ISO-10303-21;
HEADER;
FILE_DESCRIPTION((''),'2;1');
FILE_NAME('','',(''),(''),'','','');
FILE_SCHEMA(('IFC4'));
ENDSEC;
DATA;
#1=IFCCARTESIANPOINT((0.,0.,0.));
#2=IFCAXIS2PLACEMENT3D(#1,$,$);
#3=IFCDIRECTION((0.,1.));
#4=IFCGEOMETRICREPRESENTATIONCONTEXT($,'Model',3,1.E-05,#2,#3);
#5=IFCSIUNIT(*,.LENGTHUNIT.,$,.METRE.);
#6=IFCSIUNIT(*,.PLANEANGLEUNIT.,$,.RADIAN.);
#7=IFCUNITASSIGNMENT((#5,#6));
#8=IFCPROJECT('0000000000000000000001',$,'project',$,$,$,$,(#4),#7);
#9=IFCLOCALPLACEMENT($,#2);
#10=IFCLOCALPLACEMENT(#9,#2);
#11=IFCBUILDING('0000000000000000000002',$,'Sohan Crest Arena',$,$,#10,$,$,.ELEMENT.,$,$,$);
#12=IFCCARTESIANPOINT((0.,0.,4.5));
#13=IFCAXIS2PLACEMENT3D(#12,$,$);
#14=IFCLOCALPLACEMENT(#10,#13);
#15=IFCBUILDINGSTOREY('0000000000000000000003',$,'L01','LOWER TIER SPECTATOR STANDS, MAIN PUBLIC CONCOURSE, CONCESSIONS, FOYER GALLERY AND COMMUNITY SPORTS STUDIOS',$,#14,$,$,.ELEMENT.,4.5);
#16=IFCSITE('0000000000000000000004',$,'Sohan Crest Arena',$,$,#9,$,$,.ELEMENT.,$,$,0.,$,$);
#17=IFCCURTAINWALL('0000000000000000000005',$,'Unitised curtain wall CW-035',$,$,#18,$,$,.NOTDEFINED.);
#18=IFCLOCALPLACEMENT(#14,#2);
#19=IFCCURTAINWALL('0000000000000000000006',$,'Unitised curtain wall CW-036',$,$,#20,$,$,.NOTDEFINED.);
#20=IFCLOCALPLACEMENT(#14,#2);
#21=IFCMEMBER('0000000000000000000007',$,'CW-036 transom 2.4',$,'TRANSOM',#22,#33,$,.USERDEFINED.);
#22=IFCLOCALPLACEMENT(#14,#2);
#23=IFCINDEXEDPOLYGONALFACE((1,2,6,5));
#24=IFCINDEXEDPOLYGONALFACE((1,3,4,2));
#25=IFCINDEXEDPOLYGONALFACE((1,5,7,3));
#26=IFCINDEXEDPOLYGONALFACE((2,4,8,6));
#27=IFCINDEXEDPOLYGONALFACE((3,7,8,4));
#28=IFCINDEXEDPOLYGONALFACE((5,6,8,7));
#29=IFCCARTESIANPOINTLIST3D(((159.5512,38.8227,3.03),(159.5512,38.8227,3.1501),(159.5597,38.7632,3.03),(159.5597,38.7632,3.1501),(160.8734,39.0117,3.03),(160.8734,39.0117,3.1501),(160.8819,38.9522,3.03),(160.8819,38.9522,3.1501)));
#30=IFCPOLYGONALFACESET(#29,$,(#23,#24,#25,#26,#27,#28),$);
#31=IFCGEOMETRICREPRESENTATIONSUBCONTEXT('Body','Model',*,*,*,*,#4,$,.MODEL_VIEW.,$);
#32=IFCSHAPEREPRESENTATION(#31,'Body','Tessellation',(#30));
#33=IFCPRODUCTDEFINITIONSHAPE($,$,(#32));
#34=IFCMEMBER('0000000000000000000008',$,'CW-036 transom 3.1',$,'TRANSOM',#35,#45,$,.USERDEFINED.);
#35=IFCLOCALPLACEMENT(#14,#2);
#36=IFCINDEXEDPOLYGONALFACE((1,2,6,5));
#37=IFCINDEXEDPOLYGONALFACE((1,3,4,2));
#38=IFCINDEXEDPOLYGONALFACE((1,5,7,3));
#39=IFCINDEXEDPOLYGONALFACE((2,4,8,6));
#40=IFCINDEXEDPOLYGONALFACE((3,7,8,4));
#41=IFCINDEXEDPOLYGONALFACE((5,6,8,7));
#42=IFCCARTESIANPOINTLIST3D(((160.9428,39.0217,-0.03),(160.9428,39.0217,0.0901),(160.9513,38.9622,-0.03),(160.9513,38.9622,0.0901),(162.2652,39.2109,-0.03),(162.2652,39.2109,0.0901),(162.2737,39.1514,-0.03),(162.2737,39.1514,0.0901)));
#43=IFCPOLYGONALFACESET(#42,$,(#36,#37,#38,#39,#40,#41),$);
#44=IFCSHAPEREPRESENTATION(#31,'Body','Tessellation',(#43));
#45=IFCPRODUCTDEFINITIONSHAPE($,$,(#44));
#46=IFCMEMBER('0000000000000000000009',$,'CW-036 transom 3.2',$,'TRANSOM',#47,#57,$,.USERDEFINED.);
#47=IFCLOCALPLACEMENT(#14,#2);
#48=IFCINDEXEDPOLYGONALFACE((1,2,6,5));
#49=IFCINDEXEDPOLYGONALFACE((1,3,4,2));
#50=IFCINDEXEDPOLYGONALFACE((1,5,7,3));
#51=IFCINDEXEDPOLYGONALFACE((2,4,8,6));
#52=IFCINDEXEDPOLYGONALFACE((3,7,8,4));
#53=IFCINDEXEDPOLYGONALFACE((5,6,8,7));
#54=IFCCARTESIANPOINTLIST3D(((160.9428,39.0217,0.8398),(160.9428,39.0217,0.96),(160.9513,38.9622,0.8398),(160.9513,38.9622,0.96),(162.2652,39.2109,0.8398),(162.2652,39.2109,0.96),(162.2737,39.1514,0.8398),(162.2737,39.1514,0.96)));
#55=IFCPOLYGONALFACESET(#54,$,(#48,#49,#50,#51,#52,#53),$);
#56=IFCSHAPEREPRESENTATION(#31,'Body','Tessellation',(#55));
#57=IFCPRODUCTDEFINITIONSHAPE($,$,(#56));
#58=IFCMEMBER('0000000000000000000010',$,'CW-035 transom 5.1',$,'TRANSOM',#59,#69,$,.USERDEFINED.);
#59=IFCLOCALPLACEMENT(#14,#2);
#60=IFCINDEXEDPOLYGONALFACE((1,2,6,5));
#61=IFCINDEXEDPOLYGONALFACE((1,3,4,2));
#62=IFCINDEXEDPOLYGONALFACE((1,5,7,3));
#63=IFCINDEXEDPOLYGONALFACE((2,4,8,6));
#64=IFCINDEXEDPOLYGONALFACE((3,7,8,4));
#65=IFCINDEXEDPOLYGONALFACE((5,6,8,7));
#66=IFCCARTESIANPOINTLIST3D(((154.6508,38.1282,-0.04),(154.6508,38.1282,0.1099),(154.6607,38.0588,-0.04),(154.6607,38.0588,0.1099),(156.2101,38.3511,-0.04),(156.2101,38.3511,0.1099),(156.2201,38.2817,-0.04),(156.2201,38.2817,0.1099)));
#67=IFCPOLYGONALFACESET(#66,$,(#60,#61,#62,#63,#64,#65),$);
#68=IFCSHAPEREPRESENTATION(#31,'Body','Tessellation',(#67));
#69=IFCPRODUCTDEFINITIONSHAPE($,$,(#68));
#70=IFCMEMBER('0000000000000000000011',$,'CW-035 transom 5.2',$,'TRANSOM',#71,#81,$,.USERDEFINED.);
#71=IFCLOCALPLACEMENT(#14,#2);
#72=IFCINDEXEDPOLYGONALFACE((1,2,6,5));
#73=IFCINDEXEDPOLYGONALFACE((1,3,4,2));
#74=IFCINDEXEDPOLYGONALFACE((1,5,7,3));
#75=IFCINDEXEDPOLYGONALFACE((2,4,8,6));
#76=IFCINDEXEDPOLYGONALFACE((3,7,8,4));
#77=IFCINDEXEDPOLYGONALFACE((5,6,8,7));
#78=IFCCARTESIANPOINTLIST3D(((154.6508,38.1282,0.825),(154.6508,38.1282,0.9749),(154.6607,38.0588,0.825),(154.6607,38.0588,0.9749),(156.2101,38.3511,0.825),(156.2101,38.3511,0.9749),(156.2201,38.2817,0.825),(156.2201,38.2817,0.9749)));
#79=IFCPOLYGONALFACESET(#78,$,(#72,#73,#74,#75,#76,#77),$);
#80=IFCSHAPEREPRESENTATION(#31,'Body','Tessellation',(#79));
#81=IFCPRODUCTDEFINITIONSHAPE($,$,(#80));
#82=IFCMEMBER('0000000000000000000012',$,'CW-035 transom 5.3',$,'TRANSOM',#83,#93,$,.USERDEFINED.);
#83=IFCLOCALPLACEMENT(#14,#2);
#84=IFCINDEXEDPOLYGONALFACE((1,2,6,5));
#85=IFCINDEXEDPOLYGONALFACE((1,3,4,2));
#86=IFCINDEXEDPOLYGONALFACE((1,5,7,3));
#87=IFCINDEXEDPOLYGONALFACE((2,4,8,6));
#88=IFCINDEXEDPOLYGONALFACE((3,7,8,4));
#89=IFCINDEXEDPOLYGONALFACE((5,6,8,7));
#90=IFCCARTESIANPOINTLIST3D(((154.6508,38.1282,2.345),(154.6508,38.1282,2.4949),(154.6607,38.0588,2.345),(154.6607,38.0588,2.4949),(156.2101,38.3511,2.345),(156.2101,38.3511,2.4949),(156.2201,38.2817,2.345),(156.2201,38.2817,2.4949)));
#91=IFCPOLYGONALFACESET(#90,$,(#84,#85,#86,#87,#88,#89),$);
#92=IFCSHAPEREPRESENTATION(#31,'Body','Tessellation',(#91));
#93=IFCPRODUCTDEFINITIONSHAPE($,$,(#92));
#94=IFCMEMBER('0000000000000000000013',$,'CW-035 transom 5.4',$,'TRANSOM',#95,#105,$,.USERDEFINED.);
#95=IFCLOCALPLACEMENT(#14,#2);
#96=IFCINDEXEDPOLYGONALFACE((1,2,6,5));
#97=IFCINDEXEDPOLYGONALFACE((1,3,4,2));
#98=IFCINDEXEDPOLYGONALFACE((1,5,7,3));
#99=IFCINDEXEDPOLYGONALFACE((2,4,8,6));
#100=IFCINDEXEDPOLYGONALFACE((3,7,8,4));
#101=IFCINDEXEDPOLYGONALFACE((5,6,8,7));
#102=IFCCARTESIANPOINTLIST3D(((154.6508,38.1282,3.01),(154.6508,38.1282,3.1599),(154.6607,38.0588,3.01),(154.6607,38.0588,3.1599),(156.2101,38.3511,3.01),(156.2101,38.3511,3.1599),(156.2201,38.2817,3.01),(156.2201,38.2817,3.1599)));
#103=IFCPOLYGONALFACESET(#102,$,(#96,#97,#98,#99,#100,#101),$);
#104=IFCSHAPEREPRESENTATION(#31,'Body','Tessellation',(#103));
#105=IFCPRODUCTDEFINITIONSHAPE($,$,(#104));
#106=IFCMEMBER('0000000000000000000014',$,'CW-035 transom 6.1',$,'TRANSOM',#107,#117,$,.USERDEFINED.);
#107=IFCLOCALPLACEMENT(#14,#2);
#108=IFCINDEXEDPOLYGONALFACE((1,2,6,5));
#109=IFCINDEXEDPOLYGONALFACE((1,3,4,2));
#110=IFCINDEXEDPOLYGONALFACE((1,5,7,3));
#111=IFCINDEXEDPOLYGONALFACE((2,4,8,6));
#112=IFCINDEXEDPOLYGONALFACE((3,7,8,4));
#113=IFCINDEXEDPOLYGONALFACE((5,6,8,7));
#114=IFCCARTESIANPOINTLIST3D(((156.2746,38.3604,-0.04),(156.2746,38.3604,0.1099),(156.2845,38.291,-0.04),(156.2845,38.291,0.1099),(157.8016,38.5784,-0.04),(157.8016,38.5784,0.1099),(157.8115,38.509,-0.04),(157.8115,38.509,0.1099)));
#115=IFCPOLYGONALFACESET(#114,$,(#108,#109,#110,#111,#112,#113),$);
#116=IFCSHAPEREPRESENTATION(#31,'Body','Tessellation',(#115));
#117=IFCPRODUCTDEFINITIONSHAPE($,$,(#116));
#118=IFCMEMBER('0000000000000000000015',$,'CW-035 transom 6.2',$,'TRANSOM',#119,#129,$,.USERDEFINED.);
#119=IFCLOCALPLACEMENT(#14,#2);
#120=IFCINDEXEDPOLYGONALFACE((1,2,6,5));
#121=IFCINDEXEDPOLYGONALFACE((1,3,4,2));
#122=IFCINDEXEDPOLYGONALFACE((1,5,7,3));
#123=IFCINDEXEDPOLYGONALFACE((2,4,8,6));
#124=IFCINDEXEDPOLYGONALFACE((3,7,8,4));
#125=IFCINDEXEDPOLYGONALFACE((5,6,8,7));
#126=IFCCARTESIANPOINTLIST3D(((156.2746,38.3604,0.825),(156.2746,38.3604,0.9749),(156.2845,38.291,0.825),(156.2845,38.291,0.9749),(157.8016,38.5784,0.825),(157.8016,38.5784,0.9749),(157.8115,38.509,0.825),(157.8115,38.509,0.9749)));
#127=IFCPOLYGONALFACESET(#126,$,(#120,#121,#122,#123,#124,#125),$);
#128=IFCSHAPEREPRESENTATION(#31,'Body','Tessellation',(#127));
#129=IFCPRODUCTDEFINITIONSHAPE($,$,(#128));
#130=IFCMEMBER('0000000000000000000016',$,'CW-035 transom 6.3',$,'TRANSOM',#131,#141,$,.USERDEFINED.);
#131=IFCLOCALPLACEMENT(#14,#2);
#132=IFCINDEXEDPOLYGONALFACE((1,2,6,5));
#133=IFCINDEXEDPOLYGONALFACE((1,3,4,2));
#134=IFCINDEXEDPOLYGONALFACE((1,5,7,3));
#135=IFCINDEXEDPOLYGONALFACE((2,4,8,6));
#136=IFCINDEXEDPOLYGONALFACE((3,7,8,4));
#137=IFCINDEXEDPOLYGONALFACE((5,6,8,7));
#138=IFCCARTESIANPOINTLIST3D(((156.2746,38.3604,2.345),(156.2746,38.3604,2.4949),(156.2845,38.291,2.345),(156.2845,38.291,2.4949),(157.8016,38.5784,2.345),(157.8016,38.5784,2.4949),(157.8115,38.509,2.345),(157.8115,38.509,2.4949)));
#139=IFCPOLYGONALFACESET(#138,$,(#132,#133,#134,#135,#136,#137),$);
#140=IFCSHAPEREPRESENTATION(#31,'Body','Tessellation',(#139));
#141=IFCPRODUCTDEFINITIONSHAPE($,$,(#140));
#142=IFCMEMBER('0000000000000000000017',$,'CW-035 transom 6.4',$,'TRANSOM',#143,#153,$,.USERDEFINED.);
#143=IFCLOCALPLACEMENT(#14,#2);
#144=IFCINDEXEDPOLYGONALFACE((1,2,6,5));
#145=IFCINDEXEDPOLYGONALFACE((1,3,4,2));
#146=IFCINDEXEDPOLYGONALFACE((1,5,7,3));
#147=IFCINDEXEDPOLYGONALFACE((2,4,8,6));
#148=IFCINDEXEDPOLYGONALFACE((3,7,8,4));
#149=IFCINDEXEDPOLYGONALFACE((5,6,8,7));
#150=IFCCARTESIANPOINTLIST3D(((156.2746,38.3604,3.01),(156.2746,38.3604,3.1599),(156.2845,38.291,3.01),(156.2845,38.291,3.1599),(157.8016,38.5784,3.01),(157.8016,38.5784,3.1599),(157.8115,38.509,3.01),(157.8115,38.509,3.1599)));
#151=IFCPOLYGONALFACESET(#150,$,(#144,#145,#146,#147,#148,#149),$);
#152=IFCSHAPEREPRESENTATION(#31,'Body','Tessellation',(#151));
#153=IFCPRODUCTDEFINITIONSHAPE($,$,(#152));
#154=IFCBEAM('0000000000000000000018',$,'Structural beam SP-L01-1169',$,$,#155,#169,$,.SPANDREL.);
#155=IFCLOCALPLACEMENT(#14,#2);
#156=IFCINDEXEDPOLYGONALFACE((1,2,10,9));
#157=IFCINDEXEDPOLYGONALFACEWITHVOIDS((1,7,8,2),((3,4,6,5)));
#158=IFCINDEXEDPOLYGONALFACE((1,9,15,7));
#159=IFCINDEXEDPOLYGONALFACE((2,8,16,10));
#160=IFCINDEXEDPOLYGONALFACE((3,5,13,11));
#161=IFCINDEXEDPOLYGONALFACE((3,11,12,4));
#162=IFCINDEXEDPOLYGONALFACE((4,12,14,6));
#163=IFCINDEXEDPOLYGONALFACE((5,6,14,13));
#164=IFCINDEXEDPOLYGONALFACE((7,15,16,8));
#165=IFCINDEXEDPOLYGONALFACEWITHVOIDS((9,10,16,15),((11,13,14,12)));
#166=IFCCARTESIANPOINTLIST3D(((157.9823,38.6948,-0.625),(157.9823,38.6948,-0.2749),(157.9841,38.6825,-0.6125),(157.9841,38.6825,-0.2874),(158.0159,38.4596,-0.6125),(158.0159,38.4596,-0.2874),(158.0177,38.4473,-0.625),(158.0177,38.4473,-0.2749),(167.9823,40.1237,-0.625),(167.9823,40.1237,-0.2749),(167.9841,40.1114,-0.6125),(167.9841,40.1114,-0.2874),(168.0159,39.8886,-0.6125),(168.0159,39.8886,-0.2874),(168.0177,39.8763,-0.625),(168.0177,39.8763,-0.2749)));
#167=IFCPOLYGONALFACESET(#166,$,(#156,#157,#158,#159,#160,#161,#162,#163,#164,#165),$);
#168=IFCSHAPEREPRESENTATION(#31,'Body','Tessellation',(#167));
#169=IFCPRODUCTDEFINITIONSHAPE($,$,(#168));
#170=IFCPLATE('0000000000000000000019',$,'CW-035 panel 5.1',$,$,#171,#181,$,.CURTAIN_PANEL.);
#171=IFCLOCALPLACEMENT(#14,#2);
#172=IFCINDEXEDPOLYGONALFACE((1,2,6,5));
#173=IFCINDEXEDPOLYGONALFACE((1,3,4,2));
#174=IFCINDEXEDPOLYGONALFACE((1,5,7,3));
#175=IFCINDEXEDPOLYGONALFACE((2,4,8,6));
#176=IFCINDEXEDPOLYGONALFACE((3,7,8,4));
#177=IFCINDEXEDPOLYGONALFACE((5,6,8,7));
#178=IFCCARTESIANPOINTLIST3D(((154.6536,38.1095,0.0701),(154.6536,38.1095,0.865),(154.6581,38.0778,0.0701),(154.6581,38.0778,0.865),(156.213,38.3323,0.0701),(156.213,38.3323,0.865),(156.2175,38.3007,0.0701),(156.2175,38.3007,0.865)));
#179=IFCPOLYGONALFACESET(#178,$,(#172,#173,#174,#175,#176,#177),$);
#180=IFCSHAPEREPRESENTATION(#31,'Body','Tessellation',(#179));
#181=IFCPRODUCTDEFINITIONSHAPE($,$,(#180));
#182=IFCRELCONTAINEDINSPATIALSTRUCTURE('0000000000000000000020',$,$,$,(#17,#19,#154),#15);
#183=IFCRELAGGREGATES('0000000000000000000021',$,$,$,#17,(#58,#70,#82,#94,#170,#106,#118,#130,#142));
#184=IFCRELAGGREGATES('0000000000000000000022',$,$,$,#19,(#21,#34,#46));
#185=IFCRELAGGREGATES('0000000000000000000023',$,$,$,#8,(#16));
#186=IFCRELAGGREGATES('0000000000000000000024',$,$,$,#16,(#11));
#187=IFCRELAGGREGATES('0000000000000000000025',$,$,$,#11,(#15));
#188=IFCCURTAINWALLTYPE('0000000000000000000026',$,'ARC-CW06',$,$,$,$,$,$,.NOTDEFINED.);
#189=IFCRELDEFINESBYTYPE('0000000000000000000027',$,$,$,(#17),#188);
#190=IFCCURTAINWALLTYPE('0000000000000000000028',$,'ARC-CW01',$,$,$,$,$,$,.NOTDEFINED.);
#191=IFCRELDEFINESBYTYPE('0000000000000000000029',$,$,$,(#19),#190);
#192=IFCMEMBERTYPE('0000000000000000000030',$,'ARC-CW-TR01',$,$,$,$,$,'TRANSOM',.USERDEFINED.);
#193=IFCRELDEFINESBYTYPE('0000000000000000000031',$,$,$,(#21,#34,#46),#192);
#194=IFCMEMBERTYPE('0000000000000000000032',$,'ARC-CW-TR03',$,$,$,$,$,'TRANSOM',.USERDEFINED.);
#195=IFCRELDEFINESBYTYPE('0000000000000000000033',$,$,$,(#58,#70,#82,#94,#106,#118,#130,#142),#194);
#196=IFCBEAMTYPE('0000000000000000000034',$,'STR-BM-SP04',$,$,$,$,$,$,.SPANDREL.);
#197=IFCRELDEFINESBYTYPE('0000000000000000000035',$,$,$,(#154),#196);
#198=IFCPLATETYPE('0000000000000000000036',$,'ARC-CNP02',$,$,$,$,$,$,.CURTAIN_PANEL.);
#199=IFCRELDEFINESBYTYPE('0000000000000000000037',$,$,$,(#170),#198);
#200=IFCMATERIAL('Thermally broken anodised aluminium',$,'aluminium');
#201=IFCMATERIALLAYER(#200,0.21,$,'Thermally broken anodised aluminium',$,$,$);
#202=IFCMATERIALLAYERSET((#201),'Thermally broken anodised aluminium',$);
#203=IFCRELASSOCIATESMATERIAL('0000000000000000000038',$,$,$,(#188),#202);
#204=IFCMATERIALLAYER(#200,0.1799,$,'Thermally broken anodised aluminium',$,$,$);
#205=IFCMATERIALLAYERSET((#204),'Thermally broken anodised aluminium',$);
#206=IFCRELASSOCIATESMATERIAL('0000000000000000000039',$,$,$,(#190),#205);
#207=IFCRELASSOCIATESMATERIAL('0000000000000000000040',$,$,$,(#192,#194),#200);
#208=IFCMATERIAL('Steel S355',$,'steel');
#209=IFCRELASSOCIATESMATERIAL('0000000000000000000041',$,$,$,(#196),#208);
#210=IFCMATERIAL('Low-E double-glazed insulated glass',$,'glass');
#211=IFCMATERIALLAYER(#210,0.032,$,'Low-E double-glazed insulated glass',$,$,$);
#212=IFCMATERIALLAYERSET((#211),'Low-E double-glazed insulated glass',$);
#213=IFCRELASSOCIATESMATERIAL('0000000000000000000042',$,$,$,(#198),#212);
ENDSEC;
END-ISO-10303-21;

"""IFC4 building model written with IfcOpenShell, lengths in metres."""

from ifc_helpers import new_model, si_unit, direction, frame, origin, origin_2d, place, context, subcontext, project, spatial, rectangle, hollow_rectangle, extrude, material, layer, layer_set, material_profile, profile_set, type_object, element, aggregate, save


model = new_model("IFC4")

# Units and contexts
model_context = context("Model", 3, precision=1e-05, world=origin(), true_north=direction((0.0, 1.0)))
body_context = subcontext(model_context, "Body", "Model", "MODEL_VIEW")
ifc_project = project(units=[si_unit("LENGTHUNIT", "METRE"), si_unit("PLANEANGLEUNIT", "RADIAN")], contexts=[model_context])

# Site, building, storey
site_placement = place(None, origin())
site = spatial("IfcSite", under=ifc_project, at=site_placement, Name="Sohan Crest Arena", CompositionType="ELEMENT", RefElevation=0.0)
building_placement = place(site_placement, origin())
building = spatial("IfcBuilding", under=site, at=building_placement, Name="Sohan Crest Arena", CompositionType="ELEMENT")
storey_placement = place(building_placement, frame((0.0, 0.0, 4.5)))
storey = spatial("IfcBuildingStorey", under=building, at=storey_placement, Name="L01", Description="LOWER TIER SPECTATOR STANDS, MAIN PUBLIC CONCOURSE, CONCESSIONS, FOYER GALLERY AND COMMUNITY SPORTS STUDIOS", CompositionType="ELEMENT", Elevation=4.5)

# Shared definitions
ifc_material_1 = material(Name="Steel S355", Category="steel")

# Curtain walls, members
ifc_material_2 = material(Name="Thermally broken anodised aluminium", Category="aluminium")
ifc_layer_1 = layer(ifc_material_2, 0.21, Name="Thermally broken anodised aluminium")
ifc_layer_set_1 = layer_set([ifc_layer_1], Name="Thermally broken anodised aluminium")
curtain_wall_type_1 = type_object("IfcCurtainWallType", Name="ARC-CW06", PredefinedType="NOTDEFINED", material=ifc_layer_set_1)
curtain_wall_1_placement = place(storey_placement, origin())
curtain_wall_1 = element("IfcCurtainWall", 1, at=curtain_wall_1_placement, inside=storey, type_object=curtain_wall_type_1, Name="Unitised curtain wall CW-035", PredefinedType="NOTDEFINED")
ifc_layer_2 = layer(ifc_material_2, 0.1799, Name="Thermally broken anodised aluminium")
ifc_layer_set_2 = layer_set([ifc_layer_2], Name="Thermally broken anodised aluminium")
curtain_wall_type_2 = type_object("IfcCurtainWallType", Name="ARC-CW01", PredefinedType="NOTDEFINED", material=ifc_layer_set_2)
curtain_wall_2_placement = place(storey_placement, origin())
curtain_wall_2 = element("IfcCurtainWall", 2, at=curtain_wall_2_placement, inside=storey, type_object=curtain_wall_type_2, Name="Unitised curtain wall CW-036", PredefinedType="NOTDEFINED")
ifc_material_profile_1 = material_profile(ifc_material_2, rectangle(XDim=0.0601, YDim=0.1201, at=origin_2d()), Name="ALU-TRAN 60x120")
ifc_profile_set_1 = profile_set([ifc_material_profile_1], Name="Thermally broken anodised aluminium")
member_type_1 = type_object("IfcMemberType", Name="ARC-CW-TR01", ElementType="TRANSOM", PredefinedType="USERDEFINED", material=ifc_profile_set_1)
member_1_placement = place(storey_placement, frame((159.5554, 38.793, 3.0901), z_axis=(0.989942, 0.141473, 0.0), x_axis=(-0.141473, 0.989942, 0.0)))
member_1 = element("IfcMember", 3, at=member_1_placement, type_object=member_type_1, Name="CW-036 transom 2.4", ObjectType="TRANSOM", PredefinedType="USERDEFINED", context=body_context, shape_type="SweptSolid", body=[
    extrude(rectangle(XDim=0.0601, YDim=0.1201, at=origin_2d()), origin(), (0.0, 0.0, 1.0), 1.3357),
])
member_2_placement = place(storey_placement, frame((160.947, 38.9919, 0.03), z_axis=(0.98992, 0.141626, 0.0), x_axis=(-0.141626, 0.98992, 0.0)))
member_2 = element("IfcMember", 4, at=member_2_placement, type_object=member_type_1, Name="CW-036 transom 3.1", ObjectType="TRANSOM", PredefinedType="USERDEFINED", context=body_context, shape_type="SweptSolid", body=[
    extrude(rectangle(XDim=0.0601, YDim=0.1201, at=origin_2d()), origin(), (0.0, 0.0, 1.0), 1.3359),
])
member_3_placement = place(storey_placement, frame((160.947, 38.9919, 0.8999), z_axis=(0.98992, 0.141626, 0.0), x_axis=(-0.141626, 0.98992, 0.0)))
member_3 = element("IfcMember", 5, at=member_3_placement, type_object=member_type_1, Name="CW-036 transom 3.2", ObjectType="TRANSOM", PredefinedType="USERDEFINED", context=body_context, shape_type="SweptSolid", body=[
    extrude(rectangle(XDim=0.0601, YDim=0.1201, at=origin_2d()), origin(), (0.0, 0.0, 1.0), 1.3359),
])

# Members
ifc_material_profile_2 = material_profile(ifc_material_2, rectangle(XDim=0.0701, YDim=0.1499, at=origin_2d()), Name="ALU-TRAN 70x150")
ifc_profile_set_2 = profile_set([ifc_material_profile_2], Name="Thermally broken anodised aluminium")
member_type_2 = type_object("IfcMemberType", Name="ARC-CW-TR03", ElementType="TRANSOM", PredefinedType="USERDEFINED", material=ifc_profile_set_2)
member_4_placement = place(storey_placement, frame((154.6558, 38.0935, 0.0349), z_axis=(0.989937, 0.141508, 0.0), x_axis=(-0.141508, 0.989937, 0.0)))
member_4 = element("IfcMember", 6, at=member_4_placement, type_object=member_type_2, Name="CW-035 transom 5.1", ObjectType="TRANSOM", PredefinedType="USERDEFINED", context=body_context, shape_type="SweptSolid", body=[
    extrude(rectangle(XDim=0.0701, YDim=0.1499, at=origin_2d()), origin(), (0.0, 0.0, 1.0), 1.5752),
])
member_5_placement = place(storey_placement, frame((154.6558, 38.0935, 0.8999), z_axis=(0.989937, 0.141508, 0.0), x_axis=(-0.141508, 0.989937, 0.0)))
member_5 = element("IfcMember", 7, at=member_5_placement, type_object=member_type_2, Name="CW-035 transom 5.2", ObjectType="TRANSOM", PredefinedType="USERDEFINED", context=body_context, shape_type="SweptSolid", body=[
    extrude(rectangle(XDim=0.0701, YDim=0.1499, at=origin_2d()), origin(), (0.0, 0.0, 1.0), 1.5752),
])
member_6_placement = place(storey_placement, frame((154.6558, 38.0935, 2.4199), z_axis=(0.989937, 0.141508, 0.0), x_axis=(-0.141508, 0.989937, 0.0)))
member_6 = element("IfcMember", 8, at=member_6_placement, type_object=member_type_2, Name="CW-035 transom 5.3", ObjectType="TRANSOM", PredefinedType="USERDEFINED", context=body_context, shape_type="SweptSolid", body=[
    extrude(rectangle(XDim=0.0701, YDim=0.1499, at=origin_2d()), origin(), (0.0, 0.0, 1.0), 1.5752),
])
member_7_placement = place(storey_placement, frame((154.6558, 38.0935, 3.085), z_axis=(0.989937, 0.141508, 0.0), x_axis=(-0.141508, 0.989937, 0.0)))
member_7 = element("IfcMember", 9, at=member_7_placement, type_object=member_type_2, Name="CW-035 transom 5.4", ObjectType="TRANSOM", PredefinedType="USERDEFINED", context=body_context, shape_type="SweptSolid", body=[
    extrude(rectangle(XDim=0.0701, YDim=0.1499, at=origin_2d()), origin(), (0.0, 0.0, 1.0), 1.5752),
])
member_8_placement = place(storey_placement, frame((156.2795, 38.3257, 0.0349), z_axis=(0.989962, 0.141333, 0.0), x_axis=(-0.141333, 0.989962, 0.0)))
member_8 = element("IfcMember", 10, at=member_8_placement, type_object=member_type_2, Name="CW-035 transom 6.1", ObjectType="TRANSOM", PredefinedType="USERDEFINED", context=body_context, shape_type="SweptSolid", body=[
    extrude(rectangle(XDim=0.0701, YDim=0.1499, at=origin_2d()), origin(), (0.0, 0.0, 1.0), 1.5425),
])
member_9_placement = place(storey_placement, frame((156.2795, 38.3257, 0.8999), z_axis=(0.989962, 0.141333, 0.0), x_axis=(-0.141333, 0.989962, 0.0)))
member_9 = element("IfcMember", 11, at=member_9_placement, type_object=member_type_2, Name="CW-035 transom 6.2", ObjectType="TRANSOM", PredefinedType="USERDEFINED", context=body_context, shape_type="SweptSolid", body=[
    extrude(rectangle(XDim=0.0701, YDim=0.1499, at=origin_2d()), origin(), (0.0, 0.0, 1.0), 1.5425),
])
member_10_placement = place(storey_placement, frame((156.2795, 38.3257, 2.4199), z_axis=(0.989962, 0.141333, 0.0), x_axis=(-0.141333, 0.989962, 0.0)))
member_10 = element("IfcMember", 12, at=member_10_placement, type_object=member_type_2, Name="CW-035 transom 6.3", ObjectType="TRANSOM", PredefinedType="USERDEFINED", context=body_context, shape_type="SweptSolid", body=[
    extrude(rectangle(XDim=0.0701, YDim=0.1499, at=origin_2d()), origin(), (0.0, 0.0, 1.0), 1.5425),
])
member_11_placement = place(storey_placement, frame((156.2795, 38.3257, 3.085), z_axis=(0.989962, 0.141333, 0.0), x_axis=(-0.141333, 0.989962, 0.0)))
member_11 = element("IfcMember", 13, at=member_11_placement, type_object=member_type_2, Name="CW-035 transom 6.4", ObjectType="TRANSOM", PredefinedType="USERDEFINED", context=body_context, shape_type="SweptSolid", body=[
    extrude(rectangle(XDim=0.0701, YDim=0.1499, at=origin_2d()), origin(), (0.0, 0.0, 1.0), 1.5425),
])

# Beam
ifc_material_profile_3 = material_profile(ifc_material_1, hollow_rectangle(XDim=0.25, YDim=0.3501, WallThickness=0.0125, at=origin_2d()), Name="RHS 350x250x12.5")
ifc_profile_set_3 = profile_set([ifc_material_profile_3], Name="Steel S355")
beam_type = type_object("IfcBeamType", Name="STR-BM-SP04", PredefinedType="SPANDREL", material=ifc_profile_set_3)
beam_placement = place(storey_placement, frame((158.0, 38.571, -0.45), z_axis=(0.989944, 0.141459, 0.0), x_axis=(-0.141459, 0.989944, 0.0)))
element("IfcBeam", 14, at=beam_placement, inside=storey, type_object=beam_type, Name="Structural beam SP-L01-1169", PredefinedType="SPANDREL", context=body_context, shape_type="SweptSolid", body=[
    extrude(hollow_rectangle(XDim=0.25, YDim=0.3501, WallThickness=0.0125, at=origin_2d()), origin(), (0.0, 0.0, 1.0), 10.1016),
])

# Plate
ifc_material_3 = material(Name="Low-E double-glazed insulated glass", Category="glass")
ifc_layer_3 = layer(ifc_material_3, 0.032, Name="Low-E double-glazed insulated glass")
ifc_layer_set_3 = layer_set([ifc_layer_3], Name="Low-E double-glazed insulated glass")
plate_type_1 = type_object("IfcPlateType", Name="ARC-CNP02", PredefinedType="CURTAIN_PANEL", material=ifc_layer_set_3)
plate_1_placement = place(storey_placement, frame((155.4355, 38.2051, 0.0701), z_axis=(0.0, 0.0, 1.0), x_axis=(0.989945, 0.14145, 0.0)))
plate_1 = element("IfcPlate", 15, at=plate_1_placement, type_object=plate_type_1, Name="CW-035 panel 5.1", PredefinedType="CURTAIN_PANEL", context=body_context, shape_type="SweptSolid", body=[
    extrude(rectangle(XDim=1.5752, YDim=0.032, at=origin_2d()), origin(), (0.0, 0.0, 1.0), 0.7949),
])
aggregate(curtain_wall_1, [member_4, member_5, member_6, member_7, plate_1, member_8, member_9, member_10, member_11])
aggregate(curtain_wall_2, [member_1, member_2, member_3])

save(model, "model.ifc")
